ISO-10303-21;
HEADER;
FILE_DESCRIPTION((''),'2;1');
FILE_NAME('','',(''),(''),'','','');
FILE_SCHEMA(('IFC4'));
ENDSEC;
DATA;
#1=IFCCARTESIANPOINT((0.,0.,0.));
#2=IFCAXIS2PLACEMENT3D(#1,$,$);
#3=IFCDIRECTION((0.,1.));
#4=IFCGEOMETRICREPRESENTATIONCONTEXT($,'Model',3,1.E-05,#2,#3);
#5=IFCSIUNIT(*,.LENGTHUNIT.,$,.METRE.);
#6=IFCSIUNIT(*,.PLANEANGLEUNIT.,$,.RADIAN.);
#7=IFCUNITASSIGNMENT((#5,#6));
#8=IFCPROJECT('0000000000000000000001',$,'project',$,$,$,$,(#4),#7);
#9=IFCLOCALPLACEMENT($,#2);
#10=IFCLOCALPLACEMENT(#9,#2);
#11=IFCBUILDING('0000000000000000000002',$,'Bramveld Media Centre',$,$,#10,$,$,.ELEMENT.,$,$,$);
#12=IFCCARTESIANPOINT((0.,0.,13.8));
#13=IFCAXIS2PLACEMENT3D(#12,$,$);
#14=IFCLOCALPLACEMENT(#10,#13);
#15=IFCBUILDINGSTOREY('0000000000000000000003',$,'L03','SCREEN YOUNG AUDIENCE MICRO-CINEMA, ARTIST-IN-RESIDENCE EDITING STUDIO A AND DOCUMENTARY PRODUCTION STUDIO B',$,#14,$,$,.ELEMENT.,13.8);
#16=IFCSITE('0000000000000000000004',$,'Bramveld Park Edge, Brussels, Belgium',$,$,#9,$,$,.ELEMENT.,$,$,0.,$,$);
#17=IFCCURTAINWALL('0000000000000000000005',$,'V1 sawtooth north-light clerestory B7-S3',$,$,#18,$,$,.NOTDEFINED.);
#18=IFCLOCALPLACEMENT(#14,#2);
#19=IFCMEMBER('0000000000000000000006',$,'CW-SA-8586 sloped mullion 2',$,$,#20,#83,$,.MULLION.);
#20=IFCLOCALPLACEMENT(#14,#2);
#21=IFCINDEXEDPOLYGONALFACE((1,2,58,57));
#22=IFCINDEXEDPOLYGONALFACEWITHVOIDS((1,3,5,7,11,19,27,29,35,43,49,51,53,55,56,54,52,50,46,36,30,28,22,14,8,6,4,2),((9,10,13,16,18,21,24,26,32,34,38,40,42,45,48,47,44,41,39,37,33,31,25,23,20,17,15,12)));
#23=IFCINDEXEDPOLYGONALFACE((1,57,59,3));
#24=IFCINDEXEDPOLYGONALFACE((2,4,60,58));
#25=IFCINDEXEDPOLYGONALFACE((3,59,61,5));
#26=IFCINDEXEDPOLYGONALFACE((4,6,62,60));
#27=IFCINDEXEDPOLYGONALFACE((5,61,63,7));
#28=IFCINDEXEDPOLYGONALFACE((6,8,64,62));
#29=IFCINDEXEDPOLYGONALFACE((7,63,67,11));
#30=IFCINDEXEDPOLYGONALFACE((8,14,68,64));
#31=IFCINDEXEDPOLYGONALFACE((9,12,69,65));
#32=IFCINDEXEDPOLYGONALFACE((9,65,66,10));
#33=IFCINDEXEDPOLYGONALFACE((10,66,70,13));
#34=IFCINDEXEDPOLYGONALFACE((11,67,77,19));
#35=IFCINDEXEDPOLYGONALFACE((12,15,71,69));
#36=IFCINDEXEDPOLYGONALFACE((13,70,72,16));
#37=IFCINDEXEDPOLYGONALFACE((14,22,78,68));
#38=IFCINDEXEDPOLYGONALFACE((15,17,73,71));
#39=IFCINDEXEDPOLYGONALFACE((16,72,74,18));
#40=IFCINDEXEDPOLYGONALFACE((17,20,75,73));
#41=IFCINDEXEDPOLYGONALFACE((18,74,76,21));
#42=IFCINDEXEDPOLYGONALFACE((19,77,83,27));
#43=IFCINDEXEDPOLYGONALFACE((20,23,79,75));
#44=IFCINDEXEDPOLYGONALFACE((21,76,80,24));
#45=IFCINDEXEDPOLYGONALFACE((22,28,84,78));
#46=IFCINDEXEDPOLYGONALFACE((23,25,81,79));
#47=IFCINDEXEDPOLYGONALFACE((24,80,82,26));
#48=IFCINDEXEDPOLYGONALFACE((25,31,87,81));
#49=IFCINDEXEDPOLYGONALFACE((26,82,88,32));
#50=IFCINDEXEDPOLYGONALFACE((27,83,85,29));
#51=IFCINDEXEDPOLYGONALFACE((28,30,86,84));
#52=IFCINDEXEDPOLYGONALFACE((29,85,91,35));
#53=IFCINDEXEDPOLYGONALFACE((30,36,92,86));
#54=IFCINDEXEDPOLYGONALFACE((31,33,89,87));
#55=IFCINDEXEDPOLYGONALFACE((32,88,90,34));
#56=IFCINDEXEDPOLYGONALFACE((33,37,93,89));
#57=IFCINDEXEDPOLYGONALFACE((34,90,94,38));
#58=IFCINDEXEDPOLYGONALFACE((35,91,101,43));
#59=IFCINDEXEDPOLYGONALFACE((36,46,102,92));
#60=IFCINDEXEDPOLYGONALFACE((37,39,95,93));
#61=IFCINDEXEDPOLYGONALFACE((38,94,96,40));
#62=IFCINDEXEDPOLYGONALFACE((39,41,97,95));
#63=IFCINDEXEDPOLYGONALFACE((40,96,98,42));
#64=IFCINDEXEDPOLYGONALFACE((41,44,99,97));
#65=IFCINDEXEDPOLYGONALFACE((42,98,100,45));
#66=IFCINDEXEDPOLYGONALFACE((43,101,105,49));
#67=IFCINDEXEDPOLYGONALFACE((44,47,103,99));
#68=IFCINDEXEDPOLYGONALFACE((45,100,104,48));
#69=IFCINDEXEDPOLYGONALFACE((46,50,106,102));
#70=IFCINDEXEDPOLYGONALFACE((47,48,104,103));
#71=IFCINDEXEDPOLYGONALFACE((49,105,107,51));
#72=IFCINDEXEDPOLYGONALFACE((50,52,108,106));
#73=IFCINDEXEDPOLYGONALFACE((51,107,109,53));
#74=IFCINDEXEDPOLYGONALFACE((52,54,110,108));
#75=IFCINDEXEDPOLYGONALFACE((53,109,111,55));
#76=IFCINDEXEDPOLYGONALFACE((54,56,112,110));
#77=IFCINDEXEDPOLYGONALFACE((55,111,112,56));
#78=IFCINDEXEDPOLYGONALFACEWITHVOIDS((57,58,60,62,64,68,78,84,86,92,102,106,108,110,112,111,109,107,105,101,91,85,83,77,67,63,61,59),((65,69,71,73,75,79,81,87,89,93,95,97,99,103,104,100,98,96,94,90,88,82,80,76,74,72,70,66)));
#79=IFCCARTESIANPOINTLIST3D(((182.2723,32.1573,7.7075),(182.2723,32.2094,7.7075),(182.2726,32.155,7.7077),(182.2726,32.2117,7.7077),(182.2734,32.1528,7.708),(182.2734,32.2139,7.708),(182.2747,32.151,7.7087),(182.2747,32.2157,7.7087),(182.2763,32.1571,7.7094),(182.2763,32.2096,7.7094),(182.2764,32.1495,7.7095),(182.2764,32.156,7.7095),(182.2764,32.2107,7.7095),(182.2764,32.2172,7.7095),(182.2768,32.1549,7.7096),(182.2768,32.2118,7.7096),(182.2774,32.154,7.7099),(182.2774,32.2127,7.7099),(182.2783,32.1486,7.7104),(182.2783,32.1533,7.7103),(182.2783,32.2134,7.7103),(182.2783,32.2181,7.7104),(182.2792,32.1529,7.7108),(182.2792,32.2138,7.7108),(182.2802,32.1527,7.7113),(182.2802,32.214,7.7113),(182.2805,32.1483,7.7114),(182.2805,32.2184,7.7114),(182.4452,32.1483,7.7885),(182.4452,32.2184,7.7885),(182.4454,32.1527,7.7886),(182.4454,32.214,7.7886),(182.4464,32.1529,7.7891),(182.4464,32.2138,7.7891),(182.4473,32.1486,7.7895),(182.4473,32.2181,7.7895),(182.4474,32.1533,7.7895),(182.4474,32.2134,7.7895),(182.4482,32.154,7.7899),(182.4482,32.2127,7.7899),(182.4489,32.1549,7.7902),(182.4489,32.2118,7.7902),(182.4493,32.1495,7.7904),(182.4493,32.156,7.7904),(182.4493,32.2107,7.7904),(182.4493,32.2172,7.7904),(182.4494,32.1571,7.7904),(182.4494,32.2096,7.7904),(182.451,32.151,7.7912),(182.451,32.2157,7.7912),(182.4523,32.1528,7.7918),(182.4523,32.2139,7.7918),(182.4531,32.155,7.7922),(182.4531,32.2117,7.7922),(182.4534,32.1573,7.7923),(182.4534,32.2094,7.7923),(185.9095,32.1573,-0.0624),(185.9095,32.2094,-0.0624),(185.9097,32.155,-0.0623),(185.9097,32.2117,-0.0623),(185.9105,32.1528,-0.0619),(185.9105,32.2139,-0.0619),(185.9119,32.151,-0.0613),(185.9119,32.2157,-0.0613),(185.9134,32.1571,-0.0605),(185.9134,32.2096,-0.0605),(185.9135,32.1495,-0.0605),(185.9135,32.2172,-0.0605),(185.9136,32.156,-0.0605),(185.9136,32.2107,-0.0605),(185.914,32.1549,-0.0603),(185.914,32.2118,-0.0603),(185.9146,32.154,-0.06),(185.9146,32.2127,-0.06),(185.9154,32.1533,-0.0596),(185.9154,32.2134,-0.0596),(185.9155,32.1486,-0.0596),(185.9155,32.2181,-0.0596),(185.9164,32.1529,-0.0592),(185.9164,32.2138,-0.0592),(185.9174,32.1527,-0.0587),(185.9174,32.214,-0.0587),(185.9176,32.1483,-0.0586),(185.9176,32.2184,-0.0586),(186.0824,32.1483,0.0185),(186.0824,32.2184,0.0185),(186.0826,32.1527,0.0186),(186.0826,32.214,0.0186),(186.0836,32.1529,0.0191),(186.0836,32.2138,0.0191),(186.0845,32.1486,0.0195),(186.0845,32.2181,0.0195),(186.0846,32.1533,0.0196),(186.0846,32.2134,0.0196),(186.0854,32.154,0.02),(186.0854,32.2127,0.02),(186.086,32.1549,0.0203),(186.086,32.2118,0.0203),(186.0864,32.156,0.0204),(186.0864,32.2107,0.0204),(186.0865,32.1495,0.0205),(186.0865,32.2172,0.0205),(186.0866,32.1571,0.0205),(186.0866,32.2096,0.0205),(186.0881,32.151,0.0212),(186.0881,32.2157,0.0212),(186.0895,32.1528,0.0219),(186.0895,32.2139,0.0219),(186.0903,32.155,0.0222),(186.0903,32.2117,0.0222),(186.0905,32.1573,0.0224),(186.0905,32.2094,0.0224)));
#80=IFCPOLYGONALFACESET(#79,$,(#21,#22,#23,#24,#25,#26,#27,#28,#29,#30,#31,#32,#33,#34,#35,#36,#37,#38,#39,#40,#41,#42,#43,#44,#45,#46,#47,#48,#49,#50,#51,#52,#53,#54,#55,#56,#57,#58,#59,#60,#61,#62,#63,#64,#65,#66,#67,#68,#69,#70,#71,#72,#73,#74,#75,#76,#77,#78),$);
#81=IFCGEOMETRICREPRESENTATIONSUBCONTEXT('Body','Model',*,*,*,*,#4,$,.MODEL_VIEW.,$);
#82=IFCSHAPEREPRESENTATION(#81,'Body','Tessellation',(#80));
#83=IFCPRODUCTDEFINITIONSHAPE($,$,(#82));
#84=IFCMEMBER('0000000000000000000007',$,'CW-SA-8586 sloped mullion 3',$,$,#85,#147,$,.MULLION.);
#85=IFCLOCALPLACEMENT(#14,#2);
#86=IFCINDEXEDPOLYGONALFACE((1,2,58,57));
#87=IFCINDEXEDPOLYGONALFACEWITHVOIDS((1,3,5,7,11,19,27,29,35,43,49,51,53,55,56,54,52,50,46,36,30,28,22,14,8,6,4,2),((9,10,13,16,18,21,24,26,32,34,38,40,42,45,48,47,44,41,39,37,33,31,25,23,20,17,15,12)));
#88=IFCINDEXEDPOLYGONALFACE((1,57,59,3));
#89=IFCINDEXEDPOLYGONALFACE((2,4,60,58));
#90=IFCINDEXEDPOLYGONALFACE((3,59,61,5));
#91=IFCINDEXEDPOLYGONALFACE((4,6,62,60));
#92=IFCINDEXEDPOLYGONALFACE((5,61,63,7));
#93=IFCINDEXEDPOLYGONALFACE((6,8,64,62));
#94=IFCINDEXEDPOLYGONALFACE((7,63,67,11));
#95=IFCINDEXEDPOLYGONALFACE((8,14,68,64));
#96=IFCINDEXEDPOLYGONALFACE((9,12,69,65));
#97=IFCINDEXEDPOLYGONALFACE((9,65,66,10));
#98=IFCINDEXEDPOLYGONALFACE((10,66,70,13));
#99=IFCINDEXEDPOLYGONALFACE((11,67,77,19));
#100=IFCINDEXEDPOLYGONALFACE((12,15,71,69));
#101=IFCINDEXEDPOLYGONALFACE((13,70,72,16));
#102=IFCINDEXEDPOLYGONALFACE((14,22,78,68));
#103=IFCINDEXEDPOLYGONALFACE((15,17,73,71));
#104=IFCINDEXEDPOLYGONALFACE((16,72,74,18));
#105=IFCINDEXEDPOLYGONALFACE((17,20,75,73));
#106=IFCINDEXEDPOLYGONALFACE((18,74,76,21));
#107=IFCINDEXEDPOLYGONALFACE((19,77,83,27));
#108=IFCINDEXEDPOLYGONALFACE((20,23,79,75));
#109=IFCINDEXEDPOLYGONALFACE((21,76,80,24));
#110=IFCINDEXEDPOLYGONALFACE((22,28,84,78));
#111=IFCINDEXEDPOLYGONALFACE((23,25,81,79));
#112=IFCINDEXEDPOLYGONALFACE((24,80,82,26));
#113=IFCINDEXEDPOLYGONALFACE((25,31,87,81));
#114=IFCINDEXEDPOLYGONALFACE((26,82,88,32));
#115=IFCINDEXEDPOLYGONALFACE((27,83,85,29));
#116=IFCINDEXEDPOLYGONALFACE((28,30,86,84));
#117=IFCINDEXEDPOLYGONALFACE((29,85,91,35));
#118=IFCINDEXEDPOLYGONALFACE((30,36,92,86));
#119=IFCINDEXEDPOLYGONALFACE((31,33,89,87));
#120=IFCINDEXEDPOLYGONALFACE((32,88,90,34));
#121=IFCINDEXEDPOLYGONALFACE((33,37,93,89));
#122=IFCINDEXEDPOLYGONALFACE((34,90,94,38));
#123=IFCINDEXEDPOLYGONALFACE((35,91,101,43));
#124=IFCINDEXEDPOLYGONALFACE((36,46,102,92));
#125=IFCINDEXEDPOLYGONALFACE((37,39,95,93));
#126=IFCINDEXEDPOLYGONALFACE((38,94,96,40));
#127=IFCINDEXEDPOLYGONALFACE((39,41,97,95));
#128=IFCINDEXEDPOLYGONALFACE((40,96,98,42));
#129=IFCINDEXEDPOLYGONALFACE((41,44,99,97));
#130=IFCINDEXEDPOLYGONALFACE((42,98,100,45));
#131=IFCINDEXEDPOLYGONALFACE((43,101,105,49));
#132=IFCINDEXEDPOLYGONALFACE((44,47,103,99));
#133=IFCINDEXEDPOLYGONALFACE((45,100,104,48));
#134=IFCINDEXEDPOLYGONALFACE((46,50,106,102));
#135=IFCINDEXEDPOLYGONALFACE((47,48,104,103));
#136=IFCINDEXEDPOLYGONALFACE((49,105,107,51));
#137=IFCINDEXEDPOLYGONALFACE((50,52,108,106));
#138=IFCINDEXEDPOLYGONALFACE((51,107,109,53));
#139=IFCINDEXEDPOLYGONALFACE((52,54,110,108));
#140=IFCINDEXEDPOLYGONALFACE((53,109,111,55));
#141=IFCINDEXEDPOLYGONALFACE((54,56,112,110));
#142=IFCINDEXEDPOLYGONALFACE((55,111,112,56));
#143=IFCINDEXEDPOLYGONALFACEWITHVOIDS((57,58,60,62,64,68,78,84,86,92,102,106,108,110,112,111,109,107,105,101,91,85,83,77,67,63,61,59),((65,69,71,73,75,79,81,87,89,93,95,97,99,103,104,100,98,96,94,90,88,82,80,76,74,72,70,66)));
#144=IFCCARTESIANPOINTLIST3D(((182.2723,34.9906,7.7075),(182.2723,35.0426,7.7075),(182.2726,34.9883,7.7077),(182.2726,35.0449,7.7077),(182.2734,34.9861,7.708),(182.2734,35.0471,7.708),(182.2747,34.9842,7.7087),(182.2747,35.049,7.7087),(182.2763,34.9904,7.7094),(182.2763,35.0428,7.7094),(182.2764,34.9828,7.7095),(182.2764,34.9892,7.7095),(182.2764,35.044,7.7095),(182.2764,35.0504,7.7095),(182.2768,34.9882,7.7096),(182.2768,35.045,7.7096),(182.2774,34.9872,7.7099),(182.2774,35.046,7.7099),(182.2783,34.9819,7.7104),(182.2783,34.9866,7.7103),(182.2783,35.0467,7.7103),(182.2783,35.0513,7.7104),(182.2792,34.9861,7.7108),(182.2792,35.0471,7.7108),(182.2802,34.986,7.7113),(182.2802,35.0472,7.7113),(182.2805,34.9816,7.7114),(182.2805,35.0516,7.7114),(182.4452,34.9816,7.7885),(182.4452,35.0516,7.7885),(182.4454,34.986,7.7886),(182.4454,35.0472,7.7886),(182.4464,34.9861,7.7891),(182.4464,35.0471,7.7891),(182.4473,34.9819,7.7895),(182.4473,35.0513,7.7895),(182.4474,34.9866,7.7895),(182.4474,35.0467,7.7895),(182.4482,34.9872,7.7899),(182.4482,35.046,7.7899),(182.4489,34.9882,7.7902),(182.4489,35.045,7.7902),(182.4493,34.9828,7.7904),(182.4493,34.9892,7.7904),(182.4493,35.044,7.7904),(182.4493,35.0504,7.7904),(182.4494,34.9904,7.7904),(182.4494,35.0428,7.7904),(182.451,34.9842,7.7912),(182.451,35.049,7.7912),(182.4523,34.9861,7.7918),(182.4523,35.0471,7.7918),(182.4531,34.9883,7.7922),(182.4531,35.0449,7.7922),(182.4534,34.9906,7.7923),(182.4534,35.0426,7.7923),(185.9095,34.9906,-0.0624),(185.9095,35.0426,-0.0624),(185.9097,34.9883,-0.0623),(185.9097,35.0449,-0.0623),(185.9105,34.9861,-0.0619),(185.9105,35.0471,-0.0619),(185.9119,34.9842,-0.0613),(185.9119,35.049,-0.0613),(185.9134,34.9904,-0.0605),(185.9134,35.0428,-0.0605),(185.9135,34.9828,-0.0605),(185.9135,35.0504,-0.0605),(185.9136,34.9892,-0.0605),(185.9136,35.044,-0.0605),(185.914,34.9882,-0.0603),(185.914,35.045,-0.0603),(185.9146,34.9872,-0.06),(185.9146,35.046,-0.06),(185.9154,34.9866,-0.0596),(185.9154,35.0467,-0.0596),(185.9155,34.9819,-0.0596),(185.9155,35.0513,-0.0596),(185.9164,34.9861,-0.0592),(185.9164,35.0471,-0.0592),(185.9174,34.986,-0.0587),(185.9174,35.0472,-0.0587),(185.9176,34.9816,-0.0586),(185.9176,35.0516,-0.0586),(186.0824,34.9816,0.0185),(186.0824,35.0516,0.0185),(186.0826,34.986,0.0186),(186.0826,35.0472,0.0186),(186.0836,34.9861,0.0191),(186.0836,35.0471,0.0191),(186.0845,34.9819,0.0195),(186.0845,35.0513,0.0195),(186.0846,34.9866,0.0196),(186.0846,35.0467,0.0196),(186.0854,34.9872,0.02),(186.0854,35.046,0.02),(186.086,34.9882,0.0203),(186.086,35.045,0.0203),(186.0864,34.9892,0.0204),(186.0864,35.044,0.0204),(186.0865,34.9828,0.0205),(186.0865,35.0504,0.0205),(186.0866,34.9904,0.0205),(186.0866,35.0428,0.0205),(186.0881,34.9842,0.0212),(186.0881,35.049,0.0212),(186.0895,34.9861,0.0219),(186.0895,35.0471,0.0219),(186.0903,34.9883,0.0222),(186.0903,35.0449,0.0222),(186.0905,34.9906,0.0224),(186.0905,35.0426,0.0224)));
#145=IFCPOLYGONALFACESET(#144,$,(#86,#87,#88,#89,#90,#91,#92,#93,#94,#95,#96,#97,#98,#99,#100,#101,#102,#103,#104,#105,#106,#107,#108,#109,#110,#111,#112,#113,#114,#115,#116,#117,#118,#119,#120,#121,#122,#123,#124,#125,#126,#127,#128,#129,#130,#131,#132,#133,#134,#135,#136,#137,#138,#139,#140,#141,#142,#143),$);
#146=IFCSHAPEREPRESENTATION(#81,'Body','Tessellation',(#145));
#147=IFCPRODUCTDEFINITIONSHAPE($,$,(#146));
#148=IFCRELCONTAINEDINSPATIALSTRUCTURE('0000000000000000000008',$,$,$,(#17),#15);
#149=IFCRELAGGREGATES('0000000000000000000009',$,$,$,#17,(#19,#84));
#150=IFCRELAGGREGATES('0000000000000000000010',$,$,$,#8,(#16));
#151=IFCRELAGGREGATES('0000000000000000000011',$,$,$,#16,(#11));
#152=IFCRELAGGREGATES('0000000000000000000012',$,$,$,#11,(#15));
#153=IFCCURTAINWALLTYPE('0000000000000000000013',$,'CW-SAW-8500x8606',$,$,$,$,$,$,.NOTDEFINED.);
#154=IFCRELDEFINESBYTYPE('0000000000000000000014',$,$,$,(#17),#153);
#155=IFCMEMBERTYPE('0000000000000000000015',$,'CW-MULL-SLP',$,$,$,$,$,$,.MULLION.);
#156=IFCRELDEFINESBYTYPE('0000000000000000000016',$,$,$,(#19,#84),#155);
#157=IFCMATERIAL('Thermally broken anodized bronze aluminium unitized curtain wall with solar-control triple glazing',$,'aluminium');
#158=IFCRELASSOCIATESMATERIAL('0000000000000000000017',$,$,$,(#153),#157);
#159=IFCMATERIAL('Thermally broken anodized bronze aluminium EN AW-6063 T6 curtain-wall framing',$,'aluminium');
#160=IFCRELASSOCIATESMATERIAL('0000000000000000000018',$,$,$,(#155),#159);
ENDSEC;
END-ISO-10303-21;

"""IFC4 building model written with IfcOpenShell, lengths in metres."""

from ifc_helpers import new_model, si_unit, direction, frame, origin, origin_2d, place, context, subcontext, project, spatial, hollow_rectangle, extrude, material, material_profile, profile_set, type_object, element, aggregate, save


model = new_model("IFC4")

# Units and contexts
model_context = context("Model", 3, precision=1e-05, world=origin(), true_north=direction((0.0, 1.0)))
body_context = subcontext(model_context, "Body", "Model", "MODEL_VIEW")
ifc_project = project(units=[si_unit("LENGTHUNIT", "METRE"), si_unit("PLANEANGLEUNIT", "RADIAN")], contexts=[model_context])

# Site, building, storey
site_placement = place(None, origin())
site = spatial("IfcSite", under=ifc_project, at=site_placement, Name="Bramveld Park Edge, Brussels, Belgium", CompositionType="ELEMENT", RefElevation=0.0)
building_placement = place(site_placement, origin())
building = spatial("IfcBuilding", under=site, at=building_placement, Name="Bramveld Media Centre", CompositionType="ELEMENT")
storey_placement = place(building_placement, frame((0.0, 0.0, 13.8)))
storey = spatial("IfcBuildingStorey", under=building, at=storey_placement, Name="L03", Description="SCREEN YOUNG AUDIENCE MICRO-CINEMA, ARTIST-IN-RESIDENCE EDITING STUDIO A AND DOCUMENTARY PRODUCTION STUDIO B", CompositionType="ELEMENT", Elevation=13.8)

# Curtain wall, members
ifc_material_1 = material(Name="Thermally broken anodized bronze aluminium unitized curtain wall with solar-control triple glazing", Category="aluminium")
curtain_wall_type = type_object("IfcCurtainWallType", Name="CW-SAW-8500x8606", PredefinedType="NOTDEFINED", material=ifc_material_1)
ifc_material_2 = material(Name="Thermally broken anodized bronze aluminium EN AW-6063 T6 curtain-wall framing", Category="aluminium")
ifc_material_profile_1 = material_profile(ifc_material_2, hollow_rectangle(XDim=0.0701, YDim=0.2, WallThickness=0.0044, InnerFilletRadius=0.0044, OuterFilletRadius=0.009, at=origin_2d()), Name="AL-MULL 70x200")
ifc_profile_set_1 = profile_set([ifc_material_profile_1], Name="Thermally broken anodized bronze aluminium EN AW-6063 T6 curtain-wall framing")
member_type_1 = type_object("IfcMemberType", Name="CW-MULL-SLP", PredefinedType="MULLION", material=ifc_profile_set_1)
curtain_wall_1_placement = place(storey_placement, origin())
curtain_wall_1 = element("IfcCurtainWall", 1, at=curtain_wall_1_placement, inside=storey, type_object=curtain_wall_type, Name="V1 sawtooth north-light clerestory B7-S3", PredefinedType="NOTDEFINED")
member_1_placement = place(storey_placement, frame((186.0, 32.1833, -0.02), z_axis=(-0.423957, 0.0, 0.905682), x_axis=(0.0, -1.0, 0.0)))
member_1 = element("IfcMember", 2, at=member_1_placement, type_object=member_type_1, Name="CW-SA-8586 sloped mullion 2", PredefinedType="MULLION", context=body_context, shape_type="SweptSolid", body=[
    extrude(hollow_rectangle(XDim=0.0701, YDim=0.2, WallThickness=0.0044, InnerFilletRadius=0.0044, OuterFilletRadius=0.009, at=origin_2d()), origin(), (0.0, 0.0, 1.0), 8.5791),
])
member_2_placement = place(storey_placement, frame((186.0, 35.0166, -0.02), z_axis=(-0.423957, 0.0, 0.905682), x_axis=(0.0, -1.0, 0.0)))
member_2 = element("IfcMember", 3, at=member_2_placement, type_object=member_type_1, Name="CW-SA-8586 sloped mullion 3", PredefinedType="MULLION", context=body_context, shape_type="SweptSolid", body=[
    extrude(hollow_rectangle(XDim=0.0701, YDim=0.2, WallThickness=0.0044, InnerFilletRadius=0.0044, OuterFilletRadius=0.009, at=origin_2d()), origin(), (0.0, 0.0, 1.0), 8.5791),
])

aggregate(curtain_wall_1, [member_1, member_2])

save(model, "model.ifc")
